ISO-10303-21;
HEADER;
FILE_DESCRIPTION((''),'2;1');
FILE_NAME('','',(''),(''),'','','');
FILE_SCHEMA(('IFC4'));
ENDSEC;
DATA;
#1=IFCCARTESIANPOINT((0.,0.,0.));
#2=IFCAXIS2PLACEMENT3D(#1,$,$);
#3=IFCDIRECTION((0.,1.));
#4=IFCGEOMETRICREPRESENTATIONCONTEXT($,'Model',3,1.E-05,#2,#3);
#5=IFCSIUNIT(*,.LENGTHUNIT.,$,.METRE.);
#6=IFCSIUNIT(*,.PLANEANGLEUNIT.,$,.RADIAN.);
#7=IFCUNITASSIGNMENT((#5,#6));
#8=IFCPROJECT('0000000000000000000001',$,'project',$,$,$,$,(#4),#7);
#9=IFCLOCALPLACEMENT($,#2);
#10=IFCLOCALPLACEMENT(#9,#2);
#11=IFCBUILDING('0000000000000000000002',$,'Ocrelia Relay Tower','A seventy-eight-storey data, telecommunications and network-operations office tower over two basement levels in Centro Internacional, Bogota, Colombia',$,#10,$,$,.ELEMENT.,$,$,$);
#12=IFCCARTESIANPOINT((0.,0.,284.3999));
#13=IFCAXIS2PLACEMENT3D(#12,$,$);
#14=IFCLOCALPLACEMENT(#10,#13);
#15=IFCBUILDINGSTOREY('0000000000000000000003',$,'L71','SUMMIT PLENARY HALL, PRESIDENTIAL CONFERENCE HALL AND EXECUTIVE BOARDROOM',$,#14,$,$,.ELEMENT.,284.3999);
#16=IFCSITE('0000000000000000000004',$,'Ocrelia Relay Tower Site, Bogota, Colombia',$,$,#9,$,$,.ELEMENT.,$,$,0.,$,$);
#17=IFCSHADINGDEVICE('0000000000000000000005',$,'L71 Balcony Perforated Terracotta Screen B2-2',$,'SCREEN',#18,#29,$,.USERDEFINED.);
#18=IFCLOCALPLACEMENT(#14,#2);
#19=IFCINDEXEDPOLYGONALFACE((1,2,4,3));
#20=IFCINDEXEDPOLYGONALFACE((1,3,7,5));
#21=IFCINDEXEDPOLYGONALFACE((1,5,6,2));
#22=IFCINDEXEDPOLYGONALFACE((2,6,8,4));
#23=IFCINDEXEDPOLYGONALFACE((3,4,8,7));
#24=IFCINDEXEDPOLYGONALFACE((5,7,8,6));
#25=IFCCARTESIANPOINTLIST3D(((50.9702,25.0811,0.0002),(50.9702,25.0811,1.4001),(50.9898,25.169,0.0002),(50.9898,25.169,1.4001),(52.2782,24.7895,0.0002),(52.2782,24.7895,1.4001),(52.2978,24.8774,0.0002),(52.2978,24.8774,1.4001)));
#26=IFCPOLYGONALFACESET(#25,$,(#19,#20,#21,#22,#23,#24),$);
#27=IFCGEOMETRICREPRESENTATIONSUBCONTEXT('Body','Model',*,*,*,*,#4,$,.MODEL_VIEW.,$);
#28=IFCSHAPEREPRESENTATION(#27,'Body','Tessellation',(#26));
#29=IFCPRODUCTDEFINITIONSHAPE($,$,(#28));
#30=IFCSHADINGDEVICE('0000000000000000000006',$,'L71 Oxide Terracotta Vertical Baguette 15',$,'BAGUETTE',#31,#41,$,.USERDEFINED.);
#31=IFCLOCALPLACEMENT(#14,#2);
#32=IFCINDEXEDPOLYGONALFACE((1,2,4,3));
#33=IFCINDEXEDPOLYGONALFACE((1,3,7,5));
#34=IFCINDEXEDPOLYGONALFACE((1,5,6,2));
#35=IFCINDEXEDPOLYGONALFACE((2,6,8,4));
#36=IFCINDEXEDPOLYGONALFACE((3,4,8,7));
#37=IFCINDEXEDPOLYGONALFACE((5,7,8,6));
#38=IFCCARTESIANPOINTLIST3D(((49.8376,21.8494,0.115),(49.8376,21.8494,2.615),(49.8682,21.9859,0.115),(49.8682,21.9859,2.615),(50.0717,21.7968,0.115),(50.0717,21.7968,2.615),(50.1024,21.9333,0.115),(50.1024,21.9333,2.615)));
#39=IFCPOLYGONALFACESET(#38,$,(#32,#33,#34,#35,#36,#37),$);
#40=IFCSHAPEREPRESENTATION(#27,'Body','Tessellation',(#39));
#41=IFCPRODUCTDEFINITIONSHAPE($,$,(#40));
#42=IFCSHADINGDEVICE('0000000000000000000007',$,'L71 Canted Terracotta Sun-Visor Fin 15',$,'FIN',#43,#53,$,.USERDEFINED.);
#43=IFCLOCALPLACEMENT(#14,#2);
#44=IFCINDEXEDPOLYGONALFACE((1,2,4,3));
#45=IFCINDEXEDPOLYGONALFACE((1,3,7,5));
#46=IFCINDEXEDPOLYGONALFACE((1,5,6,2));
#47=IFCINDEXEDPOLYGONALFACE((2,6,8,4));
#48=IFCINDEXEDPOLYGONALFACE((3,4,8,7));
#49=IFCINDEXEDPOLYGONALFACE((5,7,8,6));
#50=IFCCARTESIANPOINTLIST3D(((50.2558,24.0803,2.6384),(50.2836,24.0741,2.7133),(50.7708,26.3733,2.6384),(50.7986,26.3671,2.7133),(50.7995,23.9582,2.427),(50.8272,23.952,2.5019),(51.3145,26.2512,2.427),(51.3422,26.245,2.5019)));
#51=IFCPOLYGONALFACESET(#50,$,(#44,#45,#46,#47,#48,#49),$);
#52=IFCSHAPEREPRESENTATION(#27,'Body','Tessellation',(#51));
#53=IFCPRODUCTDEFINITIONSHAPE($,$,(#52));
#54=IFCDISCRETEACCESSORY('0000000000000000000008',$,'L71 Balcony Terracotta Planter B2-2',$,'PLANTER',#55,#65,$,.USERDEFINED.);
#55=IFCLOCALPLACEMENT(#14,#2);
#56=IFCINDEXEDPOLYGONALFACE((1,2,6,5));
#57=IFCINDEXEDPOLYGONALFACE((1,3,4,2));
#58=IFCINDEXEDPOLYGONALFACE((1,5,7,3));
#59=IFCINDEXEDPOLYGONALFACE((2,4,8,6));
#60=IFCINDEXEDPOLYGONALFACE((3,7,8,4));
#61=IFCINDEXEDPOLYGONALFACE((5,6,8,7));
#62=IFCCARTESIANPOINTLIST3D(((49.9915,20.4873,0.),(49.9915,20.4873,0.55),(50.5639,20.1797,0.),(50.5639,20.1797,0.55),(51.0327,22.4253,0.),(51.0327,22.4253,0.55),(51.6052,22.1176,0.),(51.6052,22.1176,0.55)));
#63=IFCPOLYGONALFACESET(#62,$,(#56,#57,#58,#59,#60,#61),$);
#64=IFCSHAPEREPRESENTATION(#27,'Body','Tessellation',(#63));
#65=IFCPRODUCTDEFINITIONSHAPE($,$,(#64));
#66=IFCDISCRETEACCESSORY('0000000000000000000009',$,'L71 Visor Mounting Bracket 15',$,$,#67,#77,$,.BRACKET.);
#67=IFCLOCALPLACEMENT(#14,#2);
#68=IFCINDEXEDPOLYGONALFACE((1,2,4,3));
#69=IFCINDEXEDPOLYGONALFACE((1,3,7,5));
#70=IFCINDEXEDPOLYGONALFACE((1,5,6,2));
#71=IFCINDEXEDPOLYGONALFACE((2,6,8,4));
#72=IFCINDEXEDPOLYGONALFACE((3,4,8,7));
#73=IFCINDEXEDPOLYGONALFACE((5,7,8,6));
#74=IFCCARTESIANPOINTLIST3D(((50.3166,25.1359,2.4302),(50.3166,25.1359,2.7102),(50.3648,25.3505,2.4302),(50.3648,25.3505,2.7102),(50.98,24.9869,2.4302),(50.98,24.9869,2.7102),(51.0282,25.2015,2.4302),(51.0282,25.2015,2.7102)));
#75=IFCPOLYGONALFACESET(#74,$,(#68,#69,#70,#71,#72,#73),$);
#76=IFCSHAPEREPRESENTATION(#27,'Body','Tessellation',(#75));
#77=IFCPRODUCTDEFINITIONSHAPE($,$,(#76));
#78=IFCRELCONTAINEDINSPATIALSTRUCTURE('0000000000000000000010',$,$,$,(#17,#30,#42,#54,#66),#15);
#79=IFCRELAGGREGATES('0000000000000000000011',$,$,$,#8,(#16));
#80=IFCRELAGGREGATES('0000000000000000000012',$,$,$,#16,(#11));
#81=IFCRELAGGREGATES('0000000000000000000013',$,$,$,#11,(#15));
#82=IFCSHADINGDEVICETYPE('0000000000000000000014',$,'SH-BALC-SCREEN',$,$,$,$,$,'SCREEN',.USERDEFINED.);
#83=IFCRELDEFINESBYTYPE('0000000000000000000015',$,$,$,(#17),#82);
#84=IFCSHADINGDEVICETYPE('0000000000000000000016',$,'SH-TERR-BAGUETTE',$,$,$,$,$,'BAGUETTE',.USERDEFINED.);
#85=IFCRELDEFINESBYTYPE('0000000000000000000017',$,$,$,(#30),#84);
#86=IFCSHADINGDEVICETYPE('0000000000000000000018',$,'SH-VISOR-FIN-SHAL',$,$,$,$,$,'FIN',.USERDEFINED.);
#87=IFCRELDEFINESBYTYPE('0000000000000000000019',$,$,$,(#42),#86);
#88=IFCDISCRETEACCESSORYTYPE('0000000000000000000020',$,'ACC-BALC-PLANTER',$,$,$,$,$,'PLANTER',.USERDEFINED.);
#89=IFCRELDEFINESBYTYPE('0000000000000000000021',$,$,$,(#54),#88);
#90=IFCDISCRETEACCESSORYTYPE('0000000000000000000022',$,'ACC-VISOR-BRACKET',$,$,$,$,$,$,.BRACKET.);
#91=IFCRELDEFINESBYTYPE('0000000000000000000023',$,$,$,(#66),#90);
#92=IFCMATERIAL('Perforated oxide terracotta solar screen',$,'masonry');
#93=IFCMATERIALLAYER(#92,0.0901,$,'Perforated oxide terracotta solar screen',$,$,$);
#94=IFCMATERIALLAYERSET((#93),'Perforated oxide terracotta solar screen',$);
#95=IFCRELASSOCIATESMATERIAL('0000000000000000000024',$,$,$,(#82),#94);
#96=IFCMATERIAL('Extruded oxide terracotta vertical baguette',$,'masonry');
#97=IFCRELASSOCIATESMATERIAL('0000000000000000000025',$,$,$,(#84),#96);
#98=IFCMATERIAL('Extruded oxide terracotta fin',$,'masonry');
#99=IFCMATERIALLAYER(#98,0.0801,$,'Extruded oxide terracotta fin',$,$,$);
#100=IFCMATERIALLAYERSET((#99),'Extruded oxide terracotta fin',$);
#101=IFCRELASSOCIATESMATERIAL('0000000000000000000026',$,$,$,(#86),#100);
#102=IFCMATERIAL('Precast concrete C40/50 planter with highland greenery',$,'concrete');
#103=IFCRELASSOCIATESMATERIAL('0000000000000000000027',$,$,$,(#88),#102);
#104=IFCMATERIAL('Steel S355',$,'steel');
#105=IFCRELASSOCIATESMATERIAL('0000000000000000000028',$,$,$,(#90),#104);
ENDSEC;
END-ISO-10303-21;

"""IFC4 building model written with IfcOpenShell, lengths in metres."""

from ifc_helpers import new_model, si_unit, direction, frame, origin, origin_2d, place, context, subcontext, project, spatial, rectangle, extrude, material, layer, layer_set, type_object, element, save


model = new_model("IFC4")

# Units and contexts
model_context = context("Model", 3, precision=1e-05, world=origin(), true_north=direction((0.0, 1.0)))
body_context = subcontext(model_context, "Body", "Model", "MODEL_VIEW")
ifc_project = project(units=[si_unit("LENGTHUNIT", "METRE"), si_unit("PLANEANGLEUNIT", "RADIAN")], contexts=[model_context])

# Site, building, storey
site_placement = place(None, origin())
site = spatial("IfcSite", under=ifc_project, at=site_placement, Name="Ocrelia Relay Tower Site, Bogota, Colombia", CompositionType="ELEMENT", RefElevation=0.0)
building_placement = place(site_placement, origin())
building = spatial("IfcBuilding", under=site, at=building_placement, Name="Ocrelia Relay Tower", Description="A seventy-eight-storey data, telecommunications and network-operations office tower over two basement levels in Centro Internacional, Bogota, Colombia", CompositionType="ELEMENT")
storey_placement = place(building_placement, frame((0.0, 0.0, 284.3999)))
storey = spatial("IfcBuildingStorey", under=building, at=storey_placement, Name="L71", Description="SUMMIT PLENARY HALL, PRESIDENTIAL CONFERENCE HALL AND EXECUTIVE BOARDROOM", CompositionType="ELEMENT", Elevation=284.3999)

# Shared definitions
ifc_material_1 = material(Name="Steel S355", Category="steel")

# Shading devices
ifc_material_2 = material(Name="Perforated oxide terracotta solar screen", Category="masonry")
ifc_layer_1 = layer(ifc_material_2, 0.0901, Name="Perforated oxide terracotta solar screen")
ifc_layer_set_1 = layer_set([ifc_layer_1], Name="Perforated oxide terracotta solar screen")
shading_device_type_1 = type_object("IfcShadingDeviceType", Name="SH-BALC-SCREEN", ElementType="SCREEN", PredefinedType="USERDEFINED", material=ifc_layer_set_1)
shading_device_1_placement = place(storey_placement, frame((51.634, 24.9792, 0.0002), z_axis=(0.0, 0.0, 1.0), x_axis=(0.976038, -0.217599, 0.0)))
element("IfcShadingDevice", 1, at=shading_device_1_placement, inside=storey, type_object=shading_device_type_1, Name="L71 Balcony Perforated Terracotta Screen B2-2", ObjectType="SCREEN", PredefinedType="USERDEFINED", context=body_context, shape_type="SweptSolid", body=[
    extrude(rectangle(XDim=1.3401, YDim=0.0901, at=origin_2d()), origin(), (0.0, 0.0, 1.0), 1.3999),
])
ifc_material_3 = material(Name="Extruded oxide terracotta vertical baguette", Category="masonry")
shading_device_type_2 = type_object("IfcShadingDeviceType", Name="SH-TERR-BAGUETTE", ElementType="BAGUETTE", PredefinedType="USERDEFINED", material=ifc_material_3)
shading_device_2_placement = place(storey_placement, frame((49.97, 21.8914, 0.115), z_axis=(0.0, 0.0, 1.0), x_axis=(0.219135, 0.975694, 0.0)))
element("IfcShadingDevice", 2, at=shading_device_2_placement, inside=storey, type_object=shading_device_type_2, Name="L71 Oxide Terracotta Vertical Baguette 15", ObjectType="BAGUETTE", PredefinedType="USERDEFINED", context=body_context, shape_type="SweptSolid", body=[
    extrude(rectangle(XDim=0.1399, YDim=0.24, at=origin_2d()), origin(), (0.0, 0.0, 1.0), 2.5),
])
ifc_material_4 = material(Name="Extruded oxide terracotta fin", Category="masonry")
ifc_layer_2 = layer(ifc_material_4, 0.0801, Name="Extruded oxide terracotta fin")
ifc_layer_set_2 = layer_set([ifc_layer_2], Name="Extruded oxide terracotta fin")
shading_device_type_3 = type_object("IfcShadingDeviceType", Name="SH-VISOR-FIN-SHAL", ElementType="FIN", PredefinedType="USERDEFINED", material=ifc_layer_set_2)
shading_device_3_placement = place(storey_placement, frame((50.7852, 25.1658, 2.5327), z_axis=(0.346157, -0.077745, 0.93495), x_axis=(0.219135, 0.975694, 0.0)))
element("IfcShadingDevice", 3, at=shading_device_3_placement, inside=storey, type_object=shading_device_type_3, Name="L71 Canted Terracotta Sun-Visor Fin 15", ObjectType="FIN", PredefinedType="USERDEFINED", context=body_context, shape_type="SweptSolid", body=[
    extrude(rectangle(XDim=2.3501, YDim=0.5959, at=origin_2d()), origin(), (0.0, 0.0, 1.0), 0.0801),
])

# Discrete accessories
ifc_material_5 = material(Name="Precast concrete C40/50 planter with highland greenery", Category="concrete")
discrete_accessory_type_1 = type_object("IfcDiscreteAccessoryType", Name="ACC-BALC-PLANTER", ElementType="PLANTER", PredefinedType="USERDEFINED", material=ifc_material_5)
discrete_accessory_1_placement = place(storey_placement, frame((50.7983, 21.3025, 0.0), z_axis=(0.0, 0.0, 1.0), x_axis=(-0.473319, -0.880891, 0.0)))
element("IfcDiscreteAccessory", 4, at=discrete_accessory_1_placement, inside=storey, type_object=discrete_accessory_type_1, Name="L71 Balcony Terracotta Planter B2-2", ObjectType="PLANTER", PredefinedType="USERDEFINED", context=body_context, shape_type="SweptSolid", body=[
    extrude(rectangle(XDim=2.2, YDim=0.6499, at=origin_2d()), origin(), (0.0, 0.0, 1.0), 0.55),
])
discrete_accessory_type_2 = type_object("IfcDiscreteAccessoryType", Name="ACC-VISOR-BRACKET", PredefinedType="BRACKET", material=ifc_material_1)
discrete_accessory_2_placement = place(storey_placement, frame((50.6724, 25.1687, 2.4302), z_axis=(0.0, 0.0, 1.0), x_axis=(0.219135, 0.975694, 0.0)))
element("IfcDiscreteAccessory", 5, at=discrete_accessory_2_placement, inside=storey, type_object=discrete_accessory_type_2, Name="L71 Visor Mounting Bracket 15", PredefinedType="BRACKET", context=body_context, shape_type="SweptSolid", body=[
    extrude(rectangle(XDim=0.22, YDim=0.6799, at=origin_2d()), origin(), (0.0, 0.0, 1.0), 0.28),
])

save(model, "model.ifc")
